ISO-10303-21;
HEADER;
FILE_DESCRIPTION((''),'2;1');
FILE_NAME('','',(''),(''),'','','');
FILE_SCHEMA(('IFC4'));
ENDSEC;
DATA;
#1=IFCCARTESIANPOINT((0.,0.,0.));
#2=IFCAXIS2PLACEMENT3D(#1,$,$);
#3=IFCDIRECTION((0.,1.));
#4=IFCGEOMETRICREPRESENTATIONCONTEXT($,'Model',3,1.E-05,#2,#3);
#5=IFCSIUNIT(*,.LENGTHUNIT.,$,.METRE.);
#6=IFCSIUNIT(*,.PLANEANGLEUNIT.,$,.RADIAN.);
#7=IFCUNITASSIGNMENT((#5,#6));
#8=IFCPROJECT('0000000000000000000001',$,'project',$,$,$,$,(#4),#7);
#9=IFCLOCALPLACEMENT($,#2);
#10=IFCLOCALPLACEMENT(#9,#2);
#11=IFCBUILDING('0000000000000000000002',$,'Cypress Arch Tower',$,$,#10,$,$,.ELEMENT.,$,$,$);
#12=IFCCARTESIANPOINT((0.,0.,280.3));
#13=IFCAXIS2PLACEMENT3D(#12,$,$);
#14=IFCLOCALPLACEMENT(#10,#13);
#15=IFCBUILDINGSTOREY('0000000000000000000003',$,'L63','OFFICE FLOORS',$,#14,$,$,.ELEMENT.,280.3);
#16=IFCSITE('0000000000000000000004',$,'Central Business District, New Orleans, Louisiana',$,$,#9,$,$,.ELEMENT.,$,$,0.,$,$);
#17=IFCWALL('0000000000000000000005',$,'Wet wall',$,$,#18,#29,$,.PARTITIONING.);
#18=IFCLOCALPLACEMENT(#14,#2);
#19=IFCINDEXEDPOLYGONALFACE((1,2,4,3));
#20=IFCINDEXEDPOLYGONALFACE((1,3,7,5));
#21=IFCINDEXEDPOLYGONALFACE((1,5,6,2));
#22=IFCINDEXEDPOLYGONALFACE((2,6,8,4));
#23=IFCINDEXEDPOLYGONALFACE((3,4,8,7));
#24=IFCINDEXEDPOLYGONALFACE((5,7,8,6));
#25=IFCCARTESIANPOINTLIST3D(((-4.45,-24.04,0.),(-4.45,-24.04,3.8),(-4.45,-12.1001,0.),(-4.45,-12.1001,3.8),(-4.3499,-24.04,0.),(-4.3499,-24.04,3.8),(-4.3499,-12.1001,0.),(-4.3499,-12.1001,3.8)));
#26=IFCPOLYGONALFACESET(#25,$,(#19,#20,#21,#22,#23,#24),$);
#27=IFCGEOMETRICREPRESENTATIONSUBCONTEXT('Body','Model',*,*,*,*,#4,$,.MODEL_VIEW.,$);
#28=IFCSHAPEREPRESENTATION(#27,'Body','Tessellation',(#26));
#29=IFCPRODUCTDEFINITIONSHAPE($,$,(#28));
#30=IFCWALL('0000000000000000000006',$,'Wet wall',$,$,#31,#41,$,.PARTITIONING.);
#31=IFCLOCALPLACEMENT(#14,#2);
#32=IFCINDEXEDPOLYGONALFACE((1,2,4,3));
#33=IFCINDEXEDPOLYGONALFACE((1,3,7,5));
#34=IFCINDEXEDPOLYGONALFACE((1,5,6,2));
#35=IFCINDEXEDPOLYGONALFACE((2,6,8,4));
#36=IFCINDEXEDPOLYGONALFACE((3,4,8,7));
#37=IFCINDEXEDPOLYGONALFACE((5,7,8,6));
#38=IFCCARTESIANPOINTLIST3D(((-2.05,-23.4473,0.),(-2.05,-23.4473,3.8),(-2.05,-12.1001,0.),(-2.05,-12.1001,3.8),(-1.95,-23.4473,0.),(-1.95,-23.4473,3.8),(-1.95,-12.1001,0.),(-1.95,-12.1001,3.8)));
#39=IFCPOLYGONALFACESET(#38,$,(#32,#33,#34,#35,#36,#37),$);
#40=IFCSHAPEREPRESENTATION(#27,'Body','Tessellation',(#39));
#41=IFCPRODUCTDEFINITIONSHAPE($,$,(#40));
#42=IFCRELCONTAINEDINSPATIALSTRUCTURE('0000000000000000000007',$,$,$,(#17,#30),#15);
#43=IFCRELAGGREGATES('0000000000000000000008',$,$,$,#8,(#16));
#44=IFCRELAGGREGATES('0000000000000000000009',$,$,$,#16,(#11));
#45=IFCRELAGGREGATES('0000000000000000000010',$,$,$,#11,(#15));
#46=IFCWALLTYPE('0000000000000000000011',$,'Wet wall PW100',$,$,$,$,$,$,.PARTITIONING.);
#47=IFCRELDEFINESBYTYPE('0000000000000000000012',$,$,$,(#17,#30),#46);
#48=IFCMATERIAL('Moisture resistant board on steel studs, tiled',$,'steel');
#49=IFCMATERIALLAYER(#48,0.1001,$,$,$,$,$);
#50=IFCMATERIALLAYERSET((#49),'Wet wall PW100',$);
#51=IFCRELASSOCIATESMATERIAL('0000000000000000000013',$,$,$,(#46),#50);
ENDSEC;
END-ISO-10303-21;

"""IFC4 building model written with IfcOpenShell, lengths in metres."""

from ifc_helpers import new_model, si_unit, direction, frame, frame_2d, origin, place, context, subcontext, project, spatial, rectangle, extrude, material, layer, layer_set, type_object, element, save


model = new_model("IFC4")

# Units and contexts
model_context = context("Model", 3, precision=1e-05, world=origin(), true_north=direction((0.0, 1.0)))
body_context = subcontext(model_context, "Body", "Model", "MODEL_VIEW")
ifc_project = project(units=[si_unit("LENGTHUNIT", "METRE"), si_unit("PLANEANGLEUNIT", "RADIAN")], contexts=[model_context])

# Site, building, storey
site_placement = place(None, origin())
site = spatial("IfcSite", under=ifc_project, at=site_placement, Name="Central Business District, New Orleans, Louisiana", CompositionType="ELEMENT", RefElevation=0.0)
building_placement = place(site_placement, origin())
building = spatial("IfcBuilding", under=site, at=building_placement, Name="Cypress Arch Tower", CompositionType="ELEMENT")
storey_placement = place(building_placement, frame((0.0, 0.0, 280.3)))
storey = spatial("IfcBuildingStorey", under=building, at=storey_placement, Name="L63", Description="OFFICE FLOORS", CompositionType="ELEMENT", Elevation=280.3)

# Walls
ifc_material_1 = material(Name="Moisture resistant board on steel studs, tiled", Category="steel")
ifc_layer_1 = layer(ifc_material_1, 0.1001)
ifc_layer_set_1 = layer_set([ifc_layer_1], Name="Wet wall PW100")
wall_type_1 = type_object("IfcWallType", Name="Wet wall PW100", PredefinedType="PARTITIONING", material=ifc_layer_set_1)
for number, where, z_axis, x_axis, name in (
    (1, (-4.3999, -24.04, 0.0), (0.0, 0.0, 1.0), (0.0, 1.0, 0.0), "Wet wall"),
):
    element("IfcWall", number, at=place(storey_placement, frame(where, z_axis=z_axis, x_axis=x_axis)), inside=storey, type_object=wall_type_1, Name=name, PredefinedType="PARTITIONING", context=body_context, shape_type="SweptSolid", body=[
        extrude(rectangle(XDim=11.9399, YDim=0.1001, at=frame_2d((5.97, 0.0))), origin(), (0.0, 0.0, 1.0), 3.8),
    ])
wall_1_placement = place(storey_placement, frame((-2.0, -23.4473, 0.0), z_axis=(0.0, 0.0, 1.0), x_axis=(0.0, 1.0, 0.0)))
element("IfcWall", 2, at=wall_1_placement, inside=storey, type_object=wall_type_1, Name="Wet wall", PredefinedType="PARTITIONING", context=body_context, shape_type="SweptSolid", body=[
    extrude(rectangle(XDim=11.3472, YDim=0.1001, at=frame_2d((5.6736, 0.0))), origin(), (0.0, 0.0, 1.0), 3.8),
])

save(model, "model.ifc")
